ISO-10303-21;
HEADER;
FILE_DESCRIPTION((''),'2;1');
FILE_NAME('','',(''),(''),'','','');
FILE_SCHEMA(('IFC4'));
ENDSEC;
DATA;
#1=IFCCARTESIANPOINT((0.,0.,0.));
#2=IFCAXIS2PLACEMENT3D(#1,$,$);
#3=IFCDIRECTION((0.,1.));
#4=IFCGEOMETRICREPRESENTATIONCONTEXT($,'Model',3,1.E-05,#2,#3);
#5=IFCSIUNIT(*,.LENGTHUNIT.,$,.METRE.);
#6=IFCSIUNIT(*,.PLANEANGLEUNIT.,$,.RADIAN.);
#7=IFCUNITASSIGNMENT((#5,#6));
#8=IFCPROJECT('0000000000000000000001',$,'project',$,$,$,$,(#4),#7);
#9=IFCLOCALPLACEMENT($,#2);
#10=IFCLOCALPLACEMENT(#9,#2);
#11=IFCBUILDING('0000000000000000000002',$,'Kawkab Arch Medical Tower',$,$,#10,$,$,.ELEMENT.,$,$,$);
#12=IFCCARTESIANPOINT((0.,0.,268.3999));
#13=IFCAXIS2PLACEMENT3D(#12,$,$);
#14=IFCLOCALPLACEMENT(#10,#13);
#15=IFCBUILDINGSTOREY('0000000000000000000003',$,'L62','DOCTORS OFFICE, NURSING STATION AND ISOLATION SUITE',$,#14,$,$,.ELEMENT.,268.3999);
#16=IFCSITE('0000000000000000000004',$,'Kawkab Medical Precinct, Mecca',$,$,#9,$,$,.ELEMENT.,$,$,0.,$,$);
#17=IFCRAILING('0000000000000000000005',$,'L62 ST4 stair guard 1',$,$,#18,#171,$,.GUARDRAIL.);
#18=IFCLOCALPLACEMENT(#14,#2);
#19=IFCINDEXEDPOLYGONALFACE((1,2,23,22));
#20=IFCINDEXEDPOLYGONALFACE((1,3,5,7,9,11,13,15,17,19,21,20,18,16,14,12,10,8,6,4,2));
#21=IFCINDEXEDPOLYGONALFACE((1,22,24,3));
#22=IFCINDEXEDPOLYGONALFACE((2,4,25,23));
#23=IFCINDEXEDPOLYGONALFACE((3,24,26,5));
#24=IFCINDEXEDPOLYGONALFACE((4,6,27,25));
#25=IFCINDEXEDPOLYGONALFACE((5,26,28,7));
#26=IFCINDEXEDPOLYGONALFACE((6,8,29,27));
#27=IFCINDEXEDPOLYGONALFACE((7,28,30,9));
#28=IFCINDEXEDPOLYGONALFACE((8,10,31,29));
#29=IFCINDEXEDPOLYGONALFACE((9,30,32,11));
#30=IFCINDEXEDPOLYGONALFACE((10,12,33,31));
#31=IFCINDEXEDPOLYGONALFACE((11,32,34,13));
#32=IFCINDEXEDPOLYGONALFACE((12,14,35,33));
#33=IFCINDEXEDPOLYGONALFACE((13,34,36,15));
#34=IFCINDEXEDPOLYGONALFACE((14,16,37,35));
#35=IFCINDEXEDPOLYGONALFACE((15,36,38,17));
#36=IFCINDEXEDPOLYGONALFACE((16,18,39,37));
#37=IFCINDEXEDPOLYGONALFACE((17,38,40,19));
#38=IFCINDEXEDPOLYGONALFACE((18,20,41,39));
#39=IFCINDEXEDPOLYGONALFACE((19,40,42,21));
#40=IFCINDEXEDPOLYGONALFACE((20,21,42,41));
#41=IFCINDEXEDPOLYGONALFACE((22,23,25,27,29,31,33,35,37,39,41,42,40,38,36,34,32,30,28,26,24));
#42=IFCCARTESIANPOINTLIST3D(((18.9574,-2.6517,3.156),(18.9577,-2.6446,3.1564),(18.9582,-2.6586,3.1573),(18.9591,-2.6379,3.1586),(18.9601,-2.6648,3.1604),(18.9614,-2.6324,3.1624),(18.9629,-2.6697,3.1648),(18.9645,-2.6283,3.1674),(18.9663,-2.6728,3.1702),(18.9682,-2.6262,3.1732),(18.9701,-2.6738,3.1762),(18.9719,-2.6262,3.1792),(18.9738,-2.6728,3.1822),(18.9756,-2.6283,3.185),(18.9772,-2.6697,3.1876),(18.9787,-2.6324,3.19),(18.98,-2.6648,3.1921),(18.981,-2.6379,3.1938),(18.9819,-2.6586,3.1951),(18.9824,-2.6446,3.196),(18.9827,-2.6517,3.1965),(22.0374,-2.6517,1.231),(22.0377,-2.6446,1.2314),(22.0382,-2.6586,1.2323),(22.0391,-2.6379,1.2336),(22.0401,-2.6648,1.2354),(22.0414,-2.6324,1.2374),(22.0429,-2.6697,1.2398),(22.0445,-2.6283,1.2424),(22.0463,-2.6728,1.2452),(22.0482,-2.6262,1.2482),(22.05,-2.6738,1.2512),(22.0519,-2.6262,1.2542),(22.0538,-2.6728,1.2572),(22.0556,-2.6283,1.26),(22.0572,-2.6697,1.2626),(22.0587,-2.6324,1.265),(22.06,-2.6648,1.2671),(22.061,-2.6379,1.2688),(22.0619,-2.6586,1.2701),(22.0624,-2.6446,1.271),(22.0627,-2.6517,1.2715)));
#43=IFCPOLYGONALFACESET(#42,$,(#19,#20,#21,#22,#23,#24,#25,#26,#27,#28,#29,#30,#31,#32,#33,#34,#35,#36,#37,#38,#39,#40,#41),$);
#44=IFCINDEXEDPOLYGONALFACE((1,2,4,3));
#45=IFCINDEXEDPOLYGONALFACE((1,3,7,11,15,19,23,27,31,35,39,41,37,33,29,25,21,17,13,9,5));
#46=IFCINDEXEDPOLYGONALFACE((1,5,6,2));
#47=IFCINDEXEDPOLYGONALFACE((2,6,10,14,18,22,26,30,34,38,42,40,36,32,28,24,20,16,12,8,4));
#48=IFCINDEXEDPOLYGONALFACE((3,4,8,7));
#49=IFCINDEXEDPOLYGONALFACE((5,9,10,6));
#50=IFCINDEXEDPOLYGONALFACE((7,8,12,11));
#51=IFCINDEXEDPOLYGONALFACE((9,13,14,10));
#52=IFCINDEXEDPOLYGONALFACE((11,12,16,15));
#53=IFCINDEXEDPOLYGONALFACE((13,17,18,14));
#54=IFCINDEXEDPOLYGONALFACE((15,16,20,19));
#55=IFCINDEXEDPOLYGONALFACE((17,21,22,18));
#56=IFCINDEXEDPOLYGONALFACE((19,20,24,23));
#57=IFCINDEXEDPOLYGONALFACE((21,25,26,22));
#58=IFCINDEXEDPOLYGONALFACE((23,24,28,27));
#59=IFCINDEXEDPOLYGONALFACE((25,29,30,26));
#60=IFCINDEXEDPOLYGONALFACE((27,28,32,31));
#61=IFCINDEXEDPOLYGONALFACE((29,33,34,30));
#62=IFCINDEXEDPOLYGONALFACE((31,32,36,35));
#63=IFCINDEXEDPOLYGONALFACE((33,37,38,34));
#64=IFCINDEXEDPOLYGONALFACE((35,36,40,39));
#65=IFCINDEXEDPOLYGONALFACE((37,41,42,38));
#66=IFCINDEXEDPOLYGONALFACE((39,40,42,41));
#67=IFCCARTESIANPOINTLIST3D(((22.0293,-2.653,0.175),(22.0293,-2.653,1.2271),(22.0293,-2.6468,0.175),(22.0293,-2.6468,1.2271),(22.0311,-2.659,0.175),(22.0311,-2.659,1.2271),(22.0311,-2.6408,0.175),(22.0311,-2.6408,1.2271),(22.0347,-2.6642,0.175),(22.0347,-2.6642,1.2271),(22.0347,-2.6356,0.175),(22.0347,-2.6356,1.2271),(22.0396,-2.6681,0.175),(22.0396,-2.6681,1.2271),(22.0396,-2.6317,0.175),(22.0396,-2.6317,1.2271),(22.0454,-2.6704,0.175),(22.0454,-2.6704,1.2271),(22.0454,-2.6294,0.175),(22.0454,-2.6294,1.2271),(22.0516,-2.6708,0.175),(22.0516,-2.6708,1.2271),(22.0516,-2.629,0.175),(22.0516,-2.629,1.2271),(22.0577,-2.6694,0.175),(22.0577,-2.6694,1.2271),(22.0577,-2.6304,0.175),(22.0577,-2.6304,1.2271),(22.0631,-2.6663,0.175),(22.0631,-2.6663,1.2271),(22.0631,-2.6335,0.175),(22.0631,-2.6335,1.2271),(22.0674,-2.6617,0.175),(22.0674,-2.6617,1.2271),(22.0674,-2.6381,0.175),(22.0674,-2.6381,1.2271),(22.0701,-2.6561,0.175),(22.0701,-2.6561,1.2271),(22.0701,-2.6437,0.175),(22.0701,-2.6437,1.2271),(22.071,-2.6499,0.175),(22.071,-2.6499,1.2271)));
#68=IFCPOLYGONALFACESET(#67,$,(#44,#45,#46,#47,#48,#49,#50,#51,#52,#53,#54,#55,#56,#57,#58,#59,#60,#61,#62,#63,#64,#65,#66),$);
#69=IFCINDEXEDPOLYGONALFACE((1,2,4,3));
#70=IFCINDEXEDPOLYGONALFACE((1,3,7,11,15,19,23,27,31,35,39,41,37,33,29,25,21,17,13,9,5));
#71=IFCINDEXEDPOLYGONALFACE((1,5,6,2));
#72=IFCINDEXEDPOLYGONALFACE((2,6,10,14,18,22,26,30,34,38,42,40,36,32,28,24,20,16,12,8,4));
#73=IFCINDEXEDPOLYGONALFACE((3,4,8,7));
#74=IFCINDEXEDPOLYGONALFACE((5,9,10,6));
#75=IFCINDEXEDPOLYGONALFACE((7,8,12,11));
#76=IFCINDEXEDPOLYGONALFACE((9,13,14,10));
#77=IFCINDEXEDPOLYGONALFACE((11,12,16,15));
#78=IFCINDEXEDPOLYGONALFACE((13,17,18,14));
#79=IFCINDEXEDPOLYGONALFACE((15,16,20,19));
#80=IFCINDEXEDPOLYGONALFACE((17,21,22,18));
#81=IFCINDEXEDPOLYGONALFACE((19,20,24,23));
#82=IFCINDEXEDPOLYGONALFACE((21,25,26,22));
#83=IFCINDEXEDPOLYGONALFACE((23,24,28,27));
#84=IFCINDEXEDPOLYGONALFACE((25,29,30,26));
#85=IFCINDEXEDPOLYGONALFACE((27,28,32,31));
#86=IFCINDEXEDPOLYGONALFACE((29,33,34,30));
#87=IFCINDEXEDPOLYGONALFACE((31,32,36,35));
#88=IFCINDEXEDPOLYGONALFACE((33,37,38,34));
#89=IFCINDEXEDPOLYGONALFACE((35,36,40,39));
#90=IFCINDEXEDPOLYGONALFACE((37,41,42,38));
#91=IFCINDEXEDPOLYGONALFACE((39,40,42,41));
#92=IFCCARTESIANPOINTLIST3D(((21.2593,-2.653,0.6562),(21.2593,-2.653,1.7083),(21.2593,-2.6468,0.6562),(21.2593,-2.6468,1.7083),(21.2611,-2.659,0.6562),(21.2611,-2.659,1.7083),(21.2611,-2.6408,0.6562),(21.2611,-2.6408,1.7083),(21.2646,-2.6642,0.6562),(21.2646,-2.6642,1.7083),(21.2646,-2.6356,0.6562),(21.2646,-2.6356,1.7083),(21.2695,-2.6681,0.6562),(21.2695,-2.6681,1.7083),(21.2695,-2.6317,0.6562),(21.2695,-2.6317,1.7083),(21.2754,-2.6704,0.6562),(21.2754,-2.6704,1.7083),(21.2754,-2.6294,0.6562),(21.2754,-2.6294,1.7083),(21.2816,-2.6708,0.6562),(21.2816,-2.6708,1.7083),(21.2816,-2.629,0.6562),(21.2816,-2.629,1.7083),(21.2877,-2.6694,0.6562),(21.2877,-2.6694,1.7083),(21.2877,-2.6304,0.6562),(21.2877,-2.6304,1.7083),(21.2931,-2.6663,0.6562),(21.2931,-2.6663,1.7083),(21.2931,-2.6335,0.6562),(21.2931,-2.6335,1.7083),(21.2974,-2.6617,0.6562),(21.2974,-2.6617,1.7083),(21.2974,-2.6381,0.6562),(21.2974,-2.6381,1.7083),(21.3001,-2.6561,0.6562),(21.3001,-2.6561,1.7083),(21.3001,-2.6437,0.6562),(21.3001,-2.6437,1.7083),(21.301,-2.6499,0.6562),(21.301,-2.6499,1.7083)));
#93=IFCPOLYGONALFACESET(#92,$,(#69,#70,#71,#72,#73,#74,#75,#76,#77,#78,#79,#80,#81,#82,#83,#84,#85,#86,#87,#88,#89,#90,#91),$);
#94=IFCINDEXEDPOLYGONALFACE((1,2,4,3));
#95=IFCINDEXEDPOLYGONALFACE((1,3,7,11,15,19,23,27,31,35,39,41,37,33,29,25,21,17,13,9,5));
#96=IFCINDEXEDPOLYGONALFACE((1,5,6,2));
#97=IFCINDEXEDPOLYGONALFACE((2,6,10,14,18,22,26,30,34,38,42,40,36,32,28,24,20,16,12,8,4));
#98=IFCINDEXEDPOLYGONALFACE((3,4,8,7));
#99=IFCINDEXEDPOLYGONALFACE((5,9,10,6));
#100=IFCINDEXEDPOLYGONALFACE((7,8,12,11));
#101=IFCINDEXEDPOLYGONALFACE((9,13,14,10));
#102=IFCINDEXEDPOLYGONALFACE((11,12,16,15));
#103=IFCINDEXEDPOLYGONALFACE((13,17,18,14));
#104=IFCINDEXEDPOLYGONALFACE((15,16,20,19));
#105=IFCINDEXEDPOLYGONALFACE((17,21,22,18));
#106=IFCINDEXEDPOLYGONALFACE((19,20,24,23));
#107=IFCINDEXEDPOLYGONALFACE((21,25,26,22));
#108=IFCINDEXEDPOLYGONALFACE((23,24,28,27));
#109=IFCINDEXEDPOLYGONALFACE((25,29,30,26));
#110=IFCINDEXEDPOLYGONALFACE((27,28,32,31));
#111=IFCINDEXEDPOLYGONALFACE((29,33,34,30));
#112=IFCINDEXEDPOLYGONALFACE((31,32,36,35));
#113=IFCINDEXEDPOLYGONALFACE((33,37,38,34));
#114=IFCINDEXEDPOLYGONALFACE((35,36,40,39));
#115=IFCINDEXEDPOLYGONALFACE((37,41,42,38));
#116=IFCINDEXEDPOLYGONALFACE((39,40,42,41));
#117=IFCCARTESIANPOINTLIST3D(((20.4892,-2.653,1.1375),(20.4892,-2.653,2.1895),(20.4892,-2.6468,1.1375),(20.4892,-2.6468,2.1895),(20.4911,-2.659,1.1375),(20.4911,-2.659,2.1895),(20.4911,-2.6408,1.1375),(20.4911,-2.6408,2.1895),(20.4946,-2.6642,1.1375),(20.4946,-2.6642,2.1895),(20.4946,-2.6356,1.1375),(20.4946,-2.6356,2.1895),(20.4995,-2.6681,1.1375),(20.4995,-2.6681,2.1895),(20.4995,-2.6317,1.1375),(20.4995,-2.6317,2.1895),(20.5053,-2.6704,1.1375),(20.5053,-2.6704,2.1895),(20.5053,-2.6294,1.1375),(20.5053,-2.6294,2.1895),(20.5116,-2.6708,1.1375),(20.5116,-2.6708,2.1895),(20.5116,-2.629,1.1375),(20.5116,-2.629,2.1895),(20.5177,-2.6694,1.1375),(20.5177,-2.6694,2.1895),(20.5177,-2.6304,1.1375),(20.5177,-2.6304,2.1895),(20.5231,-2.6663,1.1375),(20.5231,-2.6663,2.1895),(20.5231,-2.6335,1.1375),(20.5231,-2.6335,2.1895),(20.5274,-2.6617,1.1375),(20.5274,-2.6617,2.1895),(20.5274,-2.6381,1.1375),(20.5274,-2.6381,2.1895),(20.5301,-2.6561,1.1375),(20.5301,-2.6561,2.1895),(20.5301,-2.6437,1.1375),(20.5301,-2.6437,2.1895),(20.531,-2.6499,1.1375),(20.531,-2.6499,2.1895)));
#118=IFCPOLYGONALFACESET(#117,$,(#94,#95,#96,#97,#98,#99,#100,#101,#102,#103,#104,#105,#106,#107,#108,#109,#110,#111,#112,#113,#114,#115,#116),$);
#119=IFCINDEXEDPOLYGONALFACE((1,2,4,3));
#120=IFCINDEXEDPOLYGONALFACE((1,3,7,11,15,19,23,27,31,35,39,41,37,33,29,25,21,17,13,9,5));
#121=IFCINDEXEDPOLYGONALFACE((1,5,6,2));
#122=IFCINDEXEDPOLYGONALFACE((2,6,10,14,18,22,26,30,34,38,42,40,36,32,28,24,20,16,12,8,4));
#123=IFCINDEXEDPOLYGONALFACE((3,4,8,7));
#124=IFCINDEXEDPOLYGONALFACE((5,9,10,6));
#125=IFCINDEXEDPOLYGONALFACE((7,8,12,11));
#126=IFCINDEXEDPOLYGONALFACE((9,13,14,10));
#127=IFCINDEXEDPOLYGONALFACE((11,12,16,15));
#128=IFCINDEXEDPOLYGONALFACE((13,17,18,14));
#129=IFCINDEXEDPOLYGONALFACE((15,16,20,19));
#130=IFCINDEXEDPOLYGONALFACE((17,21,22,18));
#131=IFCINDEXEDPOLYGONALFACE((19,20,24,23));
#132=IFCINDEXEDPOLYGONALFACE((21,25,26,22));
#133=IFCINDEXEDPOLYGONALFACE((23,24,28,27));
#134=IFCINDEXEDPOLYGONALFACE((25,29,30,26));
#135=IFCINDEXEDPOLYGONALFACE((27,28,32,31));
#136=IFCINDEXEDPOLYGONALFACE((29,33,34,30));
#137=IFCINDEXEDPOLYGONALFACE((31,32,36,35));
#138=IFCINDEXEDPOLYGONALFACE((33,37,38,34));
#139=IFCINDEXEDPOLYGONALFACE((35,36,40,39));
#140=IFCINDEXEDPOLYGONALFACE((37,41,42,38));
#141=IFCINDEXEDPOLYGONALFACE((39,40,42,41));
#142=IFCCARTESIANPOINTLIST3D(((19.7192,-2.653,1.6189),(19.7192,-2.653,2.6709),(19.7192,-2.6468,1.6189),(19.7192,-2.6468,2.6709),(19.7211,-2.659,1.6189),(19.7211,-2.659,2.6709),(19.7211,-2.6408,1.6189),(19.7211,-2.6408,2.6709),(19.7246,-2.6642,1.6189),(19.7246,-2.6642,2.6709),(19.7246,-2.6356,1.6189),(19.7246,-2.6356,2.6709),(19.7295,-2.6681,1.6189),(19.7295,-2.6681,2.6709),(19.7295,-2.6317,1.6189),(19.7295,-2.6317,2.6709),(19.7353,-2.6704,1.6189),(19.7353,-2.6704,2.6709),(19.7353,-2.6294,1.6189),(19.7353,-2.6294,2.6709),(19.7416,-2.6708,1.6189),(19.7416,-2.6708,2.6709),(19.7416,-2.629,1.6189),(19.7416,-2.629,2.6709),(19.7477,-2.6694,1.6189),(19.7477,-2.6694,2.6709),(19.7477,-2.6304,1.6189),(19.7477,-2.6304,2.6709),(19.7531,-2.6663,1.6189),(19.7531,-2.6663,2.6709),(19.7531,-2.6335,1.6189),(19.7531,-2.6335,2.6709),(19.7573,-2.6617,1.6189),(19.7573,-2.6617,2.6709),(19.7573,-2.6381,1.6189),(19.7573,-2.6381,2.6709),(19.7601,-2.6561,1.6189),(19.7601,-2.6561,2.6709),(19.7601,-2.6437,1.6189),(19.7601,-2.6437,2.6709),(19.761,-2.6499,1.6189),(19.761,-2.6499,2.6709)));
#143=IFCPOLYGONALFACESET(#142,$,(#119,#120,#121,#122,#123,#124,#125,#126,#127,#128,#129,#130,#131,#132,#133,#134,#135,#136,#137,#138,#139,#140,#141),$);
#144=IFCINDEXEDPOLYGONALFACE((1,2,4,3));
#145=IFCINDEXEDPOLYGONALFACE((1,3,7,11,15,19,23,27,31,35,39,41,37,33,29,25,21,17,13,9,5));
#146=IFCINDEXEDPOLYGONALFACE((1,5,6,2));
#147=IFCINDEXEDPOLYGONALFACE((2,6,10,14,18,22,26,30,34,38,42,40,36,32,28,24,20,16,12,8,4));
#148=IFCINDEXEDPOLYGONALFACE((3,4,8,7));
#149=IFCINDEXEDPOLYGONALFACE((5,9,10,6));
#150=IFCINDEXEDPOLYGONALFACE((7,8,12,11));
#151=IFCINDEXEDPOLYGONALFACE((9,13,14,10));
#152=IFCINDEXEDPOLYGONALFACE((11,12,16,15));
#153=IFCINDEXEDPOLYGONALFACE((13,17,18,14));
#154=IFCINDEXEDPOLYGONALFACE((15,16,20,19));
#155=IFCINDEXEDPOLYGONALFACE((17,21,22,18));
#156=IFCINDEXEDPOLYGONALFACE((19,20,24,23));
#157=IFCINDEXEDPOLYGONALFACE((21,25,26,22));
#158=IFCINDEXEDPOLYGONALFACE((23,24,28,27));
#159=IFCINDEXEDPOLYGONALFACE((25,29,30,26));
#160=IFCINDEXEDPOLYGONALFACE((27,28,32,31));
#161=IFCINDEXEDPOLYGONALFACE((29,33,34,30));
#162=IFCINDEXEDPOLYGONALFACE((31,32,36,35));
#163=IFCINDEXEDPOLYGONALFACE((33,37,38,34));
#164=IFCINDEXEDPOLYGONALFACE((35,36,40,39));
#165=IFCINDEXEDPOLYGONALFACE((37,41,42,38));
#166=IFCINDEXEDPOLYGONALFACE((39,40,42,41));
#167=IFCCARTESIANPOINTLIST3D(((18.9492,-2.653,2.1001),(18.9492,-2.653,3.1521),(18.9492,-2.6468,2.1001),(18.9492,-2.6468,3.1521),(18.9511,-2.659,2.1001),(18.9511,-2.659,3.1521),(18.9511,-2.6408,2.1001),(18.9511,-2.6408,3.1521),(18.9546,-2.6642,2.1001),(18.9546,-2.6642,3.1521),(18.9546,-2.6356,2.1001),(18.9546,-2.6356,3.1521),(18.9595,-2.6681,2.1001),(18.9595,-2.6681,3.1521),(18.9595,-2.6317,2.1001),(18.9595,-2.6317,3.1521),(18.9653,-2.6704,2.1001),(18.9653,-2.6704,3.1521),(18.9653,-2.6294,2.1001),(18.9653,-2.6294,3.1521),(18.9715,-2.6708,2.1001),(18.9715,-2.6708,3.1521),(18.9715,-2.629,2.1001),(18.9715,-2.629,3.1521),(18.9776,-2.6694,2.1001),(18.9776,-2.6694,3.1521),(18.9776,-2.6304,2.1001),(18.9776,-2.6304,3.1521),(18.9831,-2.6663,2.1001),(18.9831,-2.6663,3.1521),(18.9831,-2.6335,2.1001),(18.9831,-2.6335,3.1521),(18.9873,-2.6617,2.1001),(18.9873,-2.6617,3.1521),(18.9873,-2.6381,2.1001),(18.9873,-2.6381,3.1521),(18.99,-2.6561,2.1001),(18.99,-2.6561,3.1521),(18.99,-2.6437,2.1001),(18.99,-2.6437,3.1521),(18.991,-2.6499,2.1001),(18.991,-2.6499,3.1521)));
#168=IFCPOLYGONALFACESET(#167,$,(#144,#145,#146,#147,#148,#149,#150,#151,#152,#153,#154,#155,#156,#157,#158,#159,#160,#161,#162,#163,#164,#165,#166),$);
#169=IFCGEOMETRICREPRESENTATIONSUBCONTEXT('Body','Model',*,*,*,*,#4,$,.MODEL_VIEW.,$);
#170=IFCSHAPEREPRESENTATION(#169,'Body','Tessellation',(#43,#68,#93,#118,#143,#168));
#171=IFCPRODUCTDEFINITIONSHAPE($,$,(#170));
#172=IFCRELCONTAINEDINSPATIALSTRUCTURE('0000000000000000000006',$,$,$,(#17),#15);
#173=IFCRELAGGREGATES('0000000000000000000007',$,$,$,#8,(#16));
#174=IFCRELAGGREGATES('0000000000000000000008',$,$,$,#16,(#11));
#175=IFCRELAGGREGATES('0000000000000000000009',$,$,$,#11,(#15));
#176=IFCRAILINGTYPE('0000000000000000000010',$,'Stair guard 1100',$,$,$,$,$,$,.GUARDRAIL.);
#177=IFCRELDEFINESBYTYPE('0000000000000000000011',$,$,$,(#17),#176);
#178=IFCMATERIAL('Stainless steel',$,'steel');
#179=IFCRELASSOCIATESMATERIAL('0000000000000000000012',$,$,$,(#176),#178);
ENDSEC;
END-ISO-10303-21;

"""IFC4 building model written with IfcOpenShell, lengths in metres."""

from ifc_helpers import new_model, si_unit, direction, frame, origin, origin_2d, place, context, subcontext, project, spatial, circle, extrude, material, type_object, element, save


model = new_model("IFC4")

# Units and contexts
model_context = context("Model", 3, precision=1e-05, world=origin(), true_north=direction((0.0, 1.0)))
body_context = subcontext(model_context, "Body", "Model", "MODEL_VIEW")
ifc_project = project(units=[si_unit("LENGTHUNIT", "METRE"), si_unit("PLANEANGLEUNIT", "RADIAN")], contexts=[model_context])

# Site, building, storey
site_placement = place(None, origin())
site = spatial("IfcSite", under=ifc_project, at=site_placement, Name="Kawkab Medical Precinct, Mecca", CompositionType="ELEMENT", RefElevation=0.0)
building_placement = place(site_placement, origin())
building = spatial("IfcBuilding", under=site, at=building_placement, Name="Kawkab Arch Medical Tower", CompositionType="ELEMENT")
storey_placement = place(building_placement, frame((0.0, 0.0, 268.3999)))
storey = spatial("IfcBuildingStorey", under=building, at=storey_placement, Name="L62", Description="DOCTORS OFFICE, NURSING STATION AND ISOLATION SUITE", CompositionType="ELEMENT", Elevation=268.3999)

# Railing
ifc_material_1 = material(Name="Stainless steel", Category="steel")
railing_type = type_object("IfcRailingType", Name="Stair guard 1100", PredefinedType="GUARDRAIL", material=ifc_material_1)
railing_1_placement = place(storey_placement, frame((22.05, -2.6499, 0.175)))
element("IfcRailing", 1, at=railing_1_placement, inside=storey, type_object=railing_type, Name="L62 ST4 stair guard 1", PredefinedType="GUARDRAIL", context=body_context, shape_type="SweptSolid", body=[
    extrude(circle(Radius=0.0239, at=origin_2d()), frame((0.0, 0.0, 1.0762), z_axis=(-0.847998, 0.0, 0.529999), x_axis=(0.0, -1.0, 0.0)), (0.0, 0.0, 1.0), 3.6321),
    extrude(circle(Radius=0.021, at=origin_2d()), origin(), (0.0, 0.0, 1.0), 1.052),
    extrude(circle(Radius=0.021, at=origin_2d()), frame((-0.77, 0.0, 0.4812)), (0.0, 0.0, 1.0), 1.052),
    extrude(circle(Radius=0.021, at=origin_2d()), frame((-1.54, 0.0, 0.9624)), (0.0, 0.0, 1.0), 1.052),
    extrude(circle(Radius=0.021, at=origin_2d()), frame((-2.3101, 0.0, 1.4438)), (0.0, 0.0, 1.0), 1.052),
    extrude(circle(Radius=0.021, at=origin_2d()), frame((-3.0801, 0.0, 1.925)), (0.0, 0.0, 1.0), 1.052),
])

save(model, "model.ifc")
